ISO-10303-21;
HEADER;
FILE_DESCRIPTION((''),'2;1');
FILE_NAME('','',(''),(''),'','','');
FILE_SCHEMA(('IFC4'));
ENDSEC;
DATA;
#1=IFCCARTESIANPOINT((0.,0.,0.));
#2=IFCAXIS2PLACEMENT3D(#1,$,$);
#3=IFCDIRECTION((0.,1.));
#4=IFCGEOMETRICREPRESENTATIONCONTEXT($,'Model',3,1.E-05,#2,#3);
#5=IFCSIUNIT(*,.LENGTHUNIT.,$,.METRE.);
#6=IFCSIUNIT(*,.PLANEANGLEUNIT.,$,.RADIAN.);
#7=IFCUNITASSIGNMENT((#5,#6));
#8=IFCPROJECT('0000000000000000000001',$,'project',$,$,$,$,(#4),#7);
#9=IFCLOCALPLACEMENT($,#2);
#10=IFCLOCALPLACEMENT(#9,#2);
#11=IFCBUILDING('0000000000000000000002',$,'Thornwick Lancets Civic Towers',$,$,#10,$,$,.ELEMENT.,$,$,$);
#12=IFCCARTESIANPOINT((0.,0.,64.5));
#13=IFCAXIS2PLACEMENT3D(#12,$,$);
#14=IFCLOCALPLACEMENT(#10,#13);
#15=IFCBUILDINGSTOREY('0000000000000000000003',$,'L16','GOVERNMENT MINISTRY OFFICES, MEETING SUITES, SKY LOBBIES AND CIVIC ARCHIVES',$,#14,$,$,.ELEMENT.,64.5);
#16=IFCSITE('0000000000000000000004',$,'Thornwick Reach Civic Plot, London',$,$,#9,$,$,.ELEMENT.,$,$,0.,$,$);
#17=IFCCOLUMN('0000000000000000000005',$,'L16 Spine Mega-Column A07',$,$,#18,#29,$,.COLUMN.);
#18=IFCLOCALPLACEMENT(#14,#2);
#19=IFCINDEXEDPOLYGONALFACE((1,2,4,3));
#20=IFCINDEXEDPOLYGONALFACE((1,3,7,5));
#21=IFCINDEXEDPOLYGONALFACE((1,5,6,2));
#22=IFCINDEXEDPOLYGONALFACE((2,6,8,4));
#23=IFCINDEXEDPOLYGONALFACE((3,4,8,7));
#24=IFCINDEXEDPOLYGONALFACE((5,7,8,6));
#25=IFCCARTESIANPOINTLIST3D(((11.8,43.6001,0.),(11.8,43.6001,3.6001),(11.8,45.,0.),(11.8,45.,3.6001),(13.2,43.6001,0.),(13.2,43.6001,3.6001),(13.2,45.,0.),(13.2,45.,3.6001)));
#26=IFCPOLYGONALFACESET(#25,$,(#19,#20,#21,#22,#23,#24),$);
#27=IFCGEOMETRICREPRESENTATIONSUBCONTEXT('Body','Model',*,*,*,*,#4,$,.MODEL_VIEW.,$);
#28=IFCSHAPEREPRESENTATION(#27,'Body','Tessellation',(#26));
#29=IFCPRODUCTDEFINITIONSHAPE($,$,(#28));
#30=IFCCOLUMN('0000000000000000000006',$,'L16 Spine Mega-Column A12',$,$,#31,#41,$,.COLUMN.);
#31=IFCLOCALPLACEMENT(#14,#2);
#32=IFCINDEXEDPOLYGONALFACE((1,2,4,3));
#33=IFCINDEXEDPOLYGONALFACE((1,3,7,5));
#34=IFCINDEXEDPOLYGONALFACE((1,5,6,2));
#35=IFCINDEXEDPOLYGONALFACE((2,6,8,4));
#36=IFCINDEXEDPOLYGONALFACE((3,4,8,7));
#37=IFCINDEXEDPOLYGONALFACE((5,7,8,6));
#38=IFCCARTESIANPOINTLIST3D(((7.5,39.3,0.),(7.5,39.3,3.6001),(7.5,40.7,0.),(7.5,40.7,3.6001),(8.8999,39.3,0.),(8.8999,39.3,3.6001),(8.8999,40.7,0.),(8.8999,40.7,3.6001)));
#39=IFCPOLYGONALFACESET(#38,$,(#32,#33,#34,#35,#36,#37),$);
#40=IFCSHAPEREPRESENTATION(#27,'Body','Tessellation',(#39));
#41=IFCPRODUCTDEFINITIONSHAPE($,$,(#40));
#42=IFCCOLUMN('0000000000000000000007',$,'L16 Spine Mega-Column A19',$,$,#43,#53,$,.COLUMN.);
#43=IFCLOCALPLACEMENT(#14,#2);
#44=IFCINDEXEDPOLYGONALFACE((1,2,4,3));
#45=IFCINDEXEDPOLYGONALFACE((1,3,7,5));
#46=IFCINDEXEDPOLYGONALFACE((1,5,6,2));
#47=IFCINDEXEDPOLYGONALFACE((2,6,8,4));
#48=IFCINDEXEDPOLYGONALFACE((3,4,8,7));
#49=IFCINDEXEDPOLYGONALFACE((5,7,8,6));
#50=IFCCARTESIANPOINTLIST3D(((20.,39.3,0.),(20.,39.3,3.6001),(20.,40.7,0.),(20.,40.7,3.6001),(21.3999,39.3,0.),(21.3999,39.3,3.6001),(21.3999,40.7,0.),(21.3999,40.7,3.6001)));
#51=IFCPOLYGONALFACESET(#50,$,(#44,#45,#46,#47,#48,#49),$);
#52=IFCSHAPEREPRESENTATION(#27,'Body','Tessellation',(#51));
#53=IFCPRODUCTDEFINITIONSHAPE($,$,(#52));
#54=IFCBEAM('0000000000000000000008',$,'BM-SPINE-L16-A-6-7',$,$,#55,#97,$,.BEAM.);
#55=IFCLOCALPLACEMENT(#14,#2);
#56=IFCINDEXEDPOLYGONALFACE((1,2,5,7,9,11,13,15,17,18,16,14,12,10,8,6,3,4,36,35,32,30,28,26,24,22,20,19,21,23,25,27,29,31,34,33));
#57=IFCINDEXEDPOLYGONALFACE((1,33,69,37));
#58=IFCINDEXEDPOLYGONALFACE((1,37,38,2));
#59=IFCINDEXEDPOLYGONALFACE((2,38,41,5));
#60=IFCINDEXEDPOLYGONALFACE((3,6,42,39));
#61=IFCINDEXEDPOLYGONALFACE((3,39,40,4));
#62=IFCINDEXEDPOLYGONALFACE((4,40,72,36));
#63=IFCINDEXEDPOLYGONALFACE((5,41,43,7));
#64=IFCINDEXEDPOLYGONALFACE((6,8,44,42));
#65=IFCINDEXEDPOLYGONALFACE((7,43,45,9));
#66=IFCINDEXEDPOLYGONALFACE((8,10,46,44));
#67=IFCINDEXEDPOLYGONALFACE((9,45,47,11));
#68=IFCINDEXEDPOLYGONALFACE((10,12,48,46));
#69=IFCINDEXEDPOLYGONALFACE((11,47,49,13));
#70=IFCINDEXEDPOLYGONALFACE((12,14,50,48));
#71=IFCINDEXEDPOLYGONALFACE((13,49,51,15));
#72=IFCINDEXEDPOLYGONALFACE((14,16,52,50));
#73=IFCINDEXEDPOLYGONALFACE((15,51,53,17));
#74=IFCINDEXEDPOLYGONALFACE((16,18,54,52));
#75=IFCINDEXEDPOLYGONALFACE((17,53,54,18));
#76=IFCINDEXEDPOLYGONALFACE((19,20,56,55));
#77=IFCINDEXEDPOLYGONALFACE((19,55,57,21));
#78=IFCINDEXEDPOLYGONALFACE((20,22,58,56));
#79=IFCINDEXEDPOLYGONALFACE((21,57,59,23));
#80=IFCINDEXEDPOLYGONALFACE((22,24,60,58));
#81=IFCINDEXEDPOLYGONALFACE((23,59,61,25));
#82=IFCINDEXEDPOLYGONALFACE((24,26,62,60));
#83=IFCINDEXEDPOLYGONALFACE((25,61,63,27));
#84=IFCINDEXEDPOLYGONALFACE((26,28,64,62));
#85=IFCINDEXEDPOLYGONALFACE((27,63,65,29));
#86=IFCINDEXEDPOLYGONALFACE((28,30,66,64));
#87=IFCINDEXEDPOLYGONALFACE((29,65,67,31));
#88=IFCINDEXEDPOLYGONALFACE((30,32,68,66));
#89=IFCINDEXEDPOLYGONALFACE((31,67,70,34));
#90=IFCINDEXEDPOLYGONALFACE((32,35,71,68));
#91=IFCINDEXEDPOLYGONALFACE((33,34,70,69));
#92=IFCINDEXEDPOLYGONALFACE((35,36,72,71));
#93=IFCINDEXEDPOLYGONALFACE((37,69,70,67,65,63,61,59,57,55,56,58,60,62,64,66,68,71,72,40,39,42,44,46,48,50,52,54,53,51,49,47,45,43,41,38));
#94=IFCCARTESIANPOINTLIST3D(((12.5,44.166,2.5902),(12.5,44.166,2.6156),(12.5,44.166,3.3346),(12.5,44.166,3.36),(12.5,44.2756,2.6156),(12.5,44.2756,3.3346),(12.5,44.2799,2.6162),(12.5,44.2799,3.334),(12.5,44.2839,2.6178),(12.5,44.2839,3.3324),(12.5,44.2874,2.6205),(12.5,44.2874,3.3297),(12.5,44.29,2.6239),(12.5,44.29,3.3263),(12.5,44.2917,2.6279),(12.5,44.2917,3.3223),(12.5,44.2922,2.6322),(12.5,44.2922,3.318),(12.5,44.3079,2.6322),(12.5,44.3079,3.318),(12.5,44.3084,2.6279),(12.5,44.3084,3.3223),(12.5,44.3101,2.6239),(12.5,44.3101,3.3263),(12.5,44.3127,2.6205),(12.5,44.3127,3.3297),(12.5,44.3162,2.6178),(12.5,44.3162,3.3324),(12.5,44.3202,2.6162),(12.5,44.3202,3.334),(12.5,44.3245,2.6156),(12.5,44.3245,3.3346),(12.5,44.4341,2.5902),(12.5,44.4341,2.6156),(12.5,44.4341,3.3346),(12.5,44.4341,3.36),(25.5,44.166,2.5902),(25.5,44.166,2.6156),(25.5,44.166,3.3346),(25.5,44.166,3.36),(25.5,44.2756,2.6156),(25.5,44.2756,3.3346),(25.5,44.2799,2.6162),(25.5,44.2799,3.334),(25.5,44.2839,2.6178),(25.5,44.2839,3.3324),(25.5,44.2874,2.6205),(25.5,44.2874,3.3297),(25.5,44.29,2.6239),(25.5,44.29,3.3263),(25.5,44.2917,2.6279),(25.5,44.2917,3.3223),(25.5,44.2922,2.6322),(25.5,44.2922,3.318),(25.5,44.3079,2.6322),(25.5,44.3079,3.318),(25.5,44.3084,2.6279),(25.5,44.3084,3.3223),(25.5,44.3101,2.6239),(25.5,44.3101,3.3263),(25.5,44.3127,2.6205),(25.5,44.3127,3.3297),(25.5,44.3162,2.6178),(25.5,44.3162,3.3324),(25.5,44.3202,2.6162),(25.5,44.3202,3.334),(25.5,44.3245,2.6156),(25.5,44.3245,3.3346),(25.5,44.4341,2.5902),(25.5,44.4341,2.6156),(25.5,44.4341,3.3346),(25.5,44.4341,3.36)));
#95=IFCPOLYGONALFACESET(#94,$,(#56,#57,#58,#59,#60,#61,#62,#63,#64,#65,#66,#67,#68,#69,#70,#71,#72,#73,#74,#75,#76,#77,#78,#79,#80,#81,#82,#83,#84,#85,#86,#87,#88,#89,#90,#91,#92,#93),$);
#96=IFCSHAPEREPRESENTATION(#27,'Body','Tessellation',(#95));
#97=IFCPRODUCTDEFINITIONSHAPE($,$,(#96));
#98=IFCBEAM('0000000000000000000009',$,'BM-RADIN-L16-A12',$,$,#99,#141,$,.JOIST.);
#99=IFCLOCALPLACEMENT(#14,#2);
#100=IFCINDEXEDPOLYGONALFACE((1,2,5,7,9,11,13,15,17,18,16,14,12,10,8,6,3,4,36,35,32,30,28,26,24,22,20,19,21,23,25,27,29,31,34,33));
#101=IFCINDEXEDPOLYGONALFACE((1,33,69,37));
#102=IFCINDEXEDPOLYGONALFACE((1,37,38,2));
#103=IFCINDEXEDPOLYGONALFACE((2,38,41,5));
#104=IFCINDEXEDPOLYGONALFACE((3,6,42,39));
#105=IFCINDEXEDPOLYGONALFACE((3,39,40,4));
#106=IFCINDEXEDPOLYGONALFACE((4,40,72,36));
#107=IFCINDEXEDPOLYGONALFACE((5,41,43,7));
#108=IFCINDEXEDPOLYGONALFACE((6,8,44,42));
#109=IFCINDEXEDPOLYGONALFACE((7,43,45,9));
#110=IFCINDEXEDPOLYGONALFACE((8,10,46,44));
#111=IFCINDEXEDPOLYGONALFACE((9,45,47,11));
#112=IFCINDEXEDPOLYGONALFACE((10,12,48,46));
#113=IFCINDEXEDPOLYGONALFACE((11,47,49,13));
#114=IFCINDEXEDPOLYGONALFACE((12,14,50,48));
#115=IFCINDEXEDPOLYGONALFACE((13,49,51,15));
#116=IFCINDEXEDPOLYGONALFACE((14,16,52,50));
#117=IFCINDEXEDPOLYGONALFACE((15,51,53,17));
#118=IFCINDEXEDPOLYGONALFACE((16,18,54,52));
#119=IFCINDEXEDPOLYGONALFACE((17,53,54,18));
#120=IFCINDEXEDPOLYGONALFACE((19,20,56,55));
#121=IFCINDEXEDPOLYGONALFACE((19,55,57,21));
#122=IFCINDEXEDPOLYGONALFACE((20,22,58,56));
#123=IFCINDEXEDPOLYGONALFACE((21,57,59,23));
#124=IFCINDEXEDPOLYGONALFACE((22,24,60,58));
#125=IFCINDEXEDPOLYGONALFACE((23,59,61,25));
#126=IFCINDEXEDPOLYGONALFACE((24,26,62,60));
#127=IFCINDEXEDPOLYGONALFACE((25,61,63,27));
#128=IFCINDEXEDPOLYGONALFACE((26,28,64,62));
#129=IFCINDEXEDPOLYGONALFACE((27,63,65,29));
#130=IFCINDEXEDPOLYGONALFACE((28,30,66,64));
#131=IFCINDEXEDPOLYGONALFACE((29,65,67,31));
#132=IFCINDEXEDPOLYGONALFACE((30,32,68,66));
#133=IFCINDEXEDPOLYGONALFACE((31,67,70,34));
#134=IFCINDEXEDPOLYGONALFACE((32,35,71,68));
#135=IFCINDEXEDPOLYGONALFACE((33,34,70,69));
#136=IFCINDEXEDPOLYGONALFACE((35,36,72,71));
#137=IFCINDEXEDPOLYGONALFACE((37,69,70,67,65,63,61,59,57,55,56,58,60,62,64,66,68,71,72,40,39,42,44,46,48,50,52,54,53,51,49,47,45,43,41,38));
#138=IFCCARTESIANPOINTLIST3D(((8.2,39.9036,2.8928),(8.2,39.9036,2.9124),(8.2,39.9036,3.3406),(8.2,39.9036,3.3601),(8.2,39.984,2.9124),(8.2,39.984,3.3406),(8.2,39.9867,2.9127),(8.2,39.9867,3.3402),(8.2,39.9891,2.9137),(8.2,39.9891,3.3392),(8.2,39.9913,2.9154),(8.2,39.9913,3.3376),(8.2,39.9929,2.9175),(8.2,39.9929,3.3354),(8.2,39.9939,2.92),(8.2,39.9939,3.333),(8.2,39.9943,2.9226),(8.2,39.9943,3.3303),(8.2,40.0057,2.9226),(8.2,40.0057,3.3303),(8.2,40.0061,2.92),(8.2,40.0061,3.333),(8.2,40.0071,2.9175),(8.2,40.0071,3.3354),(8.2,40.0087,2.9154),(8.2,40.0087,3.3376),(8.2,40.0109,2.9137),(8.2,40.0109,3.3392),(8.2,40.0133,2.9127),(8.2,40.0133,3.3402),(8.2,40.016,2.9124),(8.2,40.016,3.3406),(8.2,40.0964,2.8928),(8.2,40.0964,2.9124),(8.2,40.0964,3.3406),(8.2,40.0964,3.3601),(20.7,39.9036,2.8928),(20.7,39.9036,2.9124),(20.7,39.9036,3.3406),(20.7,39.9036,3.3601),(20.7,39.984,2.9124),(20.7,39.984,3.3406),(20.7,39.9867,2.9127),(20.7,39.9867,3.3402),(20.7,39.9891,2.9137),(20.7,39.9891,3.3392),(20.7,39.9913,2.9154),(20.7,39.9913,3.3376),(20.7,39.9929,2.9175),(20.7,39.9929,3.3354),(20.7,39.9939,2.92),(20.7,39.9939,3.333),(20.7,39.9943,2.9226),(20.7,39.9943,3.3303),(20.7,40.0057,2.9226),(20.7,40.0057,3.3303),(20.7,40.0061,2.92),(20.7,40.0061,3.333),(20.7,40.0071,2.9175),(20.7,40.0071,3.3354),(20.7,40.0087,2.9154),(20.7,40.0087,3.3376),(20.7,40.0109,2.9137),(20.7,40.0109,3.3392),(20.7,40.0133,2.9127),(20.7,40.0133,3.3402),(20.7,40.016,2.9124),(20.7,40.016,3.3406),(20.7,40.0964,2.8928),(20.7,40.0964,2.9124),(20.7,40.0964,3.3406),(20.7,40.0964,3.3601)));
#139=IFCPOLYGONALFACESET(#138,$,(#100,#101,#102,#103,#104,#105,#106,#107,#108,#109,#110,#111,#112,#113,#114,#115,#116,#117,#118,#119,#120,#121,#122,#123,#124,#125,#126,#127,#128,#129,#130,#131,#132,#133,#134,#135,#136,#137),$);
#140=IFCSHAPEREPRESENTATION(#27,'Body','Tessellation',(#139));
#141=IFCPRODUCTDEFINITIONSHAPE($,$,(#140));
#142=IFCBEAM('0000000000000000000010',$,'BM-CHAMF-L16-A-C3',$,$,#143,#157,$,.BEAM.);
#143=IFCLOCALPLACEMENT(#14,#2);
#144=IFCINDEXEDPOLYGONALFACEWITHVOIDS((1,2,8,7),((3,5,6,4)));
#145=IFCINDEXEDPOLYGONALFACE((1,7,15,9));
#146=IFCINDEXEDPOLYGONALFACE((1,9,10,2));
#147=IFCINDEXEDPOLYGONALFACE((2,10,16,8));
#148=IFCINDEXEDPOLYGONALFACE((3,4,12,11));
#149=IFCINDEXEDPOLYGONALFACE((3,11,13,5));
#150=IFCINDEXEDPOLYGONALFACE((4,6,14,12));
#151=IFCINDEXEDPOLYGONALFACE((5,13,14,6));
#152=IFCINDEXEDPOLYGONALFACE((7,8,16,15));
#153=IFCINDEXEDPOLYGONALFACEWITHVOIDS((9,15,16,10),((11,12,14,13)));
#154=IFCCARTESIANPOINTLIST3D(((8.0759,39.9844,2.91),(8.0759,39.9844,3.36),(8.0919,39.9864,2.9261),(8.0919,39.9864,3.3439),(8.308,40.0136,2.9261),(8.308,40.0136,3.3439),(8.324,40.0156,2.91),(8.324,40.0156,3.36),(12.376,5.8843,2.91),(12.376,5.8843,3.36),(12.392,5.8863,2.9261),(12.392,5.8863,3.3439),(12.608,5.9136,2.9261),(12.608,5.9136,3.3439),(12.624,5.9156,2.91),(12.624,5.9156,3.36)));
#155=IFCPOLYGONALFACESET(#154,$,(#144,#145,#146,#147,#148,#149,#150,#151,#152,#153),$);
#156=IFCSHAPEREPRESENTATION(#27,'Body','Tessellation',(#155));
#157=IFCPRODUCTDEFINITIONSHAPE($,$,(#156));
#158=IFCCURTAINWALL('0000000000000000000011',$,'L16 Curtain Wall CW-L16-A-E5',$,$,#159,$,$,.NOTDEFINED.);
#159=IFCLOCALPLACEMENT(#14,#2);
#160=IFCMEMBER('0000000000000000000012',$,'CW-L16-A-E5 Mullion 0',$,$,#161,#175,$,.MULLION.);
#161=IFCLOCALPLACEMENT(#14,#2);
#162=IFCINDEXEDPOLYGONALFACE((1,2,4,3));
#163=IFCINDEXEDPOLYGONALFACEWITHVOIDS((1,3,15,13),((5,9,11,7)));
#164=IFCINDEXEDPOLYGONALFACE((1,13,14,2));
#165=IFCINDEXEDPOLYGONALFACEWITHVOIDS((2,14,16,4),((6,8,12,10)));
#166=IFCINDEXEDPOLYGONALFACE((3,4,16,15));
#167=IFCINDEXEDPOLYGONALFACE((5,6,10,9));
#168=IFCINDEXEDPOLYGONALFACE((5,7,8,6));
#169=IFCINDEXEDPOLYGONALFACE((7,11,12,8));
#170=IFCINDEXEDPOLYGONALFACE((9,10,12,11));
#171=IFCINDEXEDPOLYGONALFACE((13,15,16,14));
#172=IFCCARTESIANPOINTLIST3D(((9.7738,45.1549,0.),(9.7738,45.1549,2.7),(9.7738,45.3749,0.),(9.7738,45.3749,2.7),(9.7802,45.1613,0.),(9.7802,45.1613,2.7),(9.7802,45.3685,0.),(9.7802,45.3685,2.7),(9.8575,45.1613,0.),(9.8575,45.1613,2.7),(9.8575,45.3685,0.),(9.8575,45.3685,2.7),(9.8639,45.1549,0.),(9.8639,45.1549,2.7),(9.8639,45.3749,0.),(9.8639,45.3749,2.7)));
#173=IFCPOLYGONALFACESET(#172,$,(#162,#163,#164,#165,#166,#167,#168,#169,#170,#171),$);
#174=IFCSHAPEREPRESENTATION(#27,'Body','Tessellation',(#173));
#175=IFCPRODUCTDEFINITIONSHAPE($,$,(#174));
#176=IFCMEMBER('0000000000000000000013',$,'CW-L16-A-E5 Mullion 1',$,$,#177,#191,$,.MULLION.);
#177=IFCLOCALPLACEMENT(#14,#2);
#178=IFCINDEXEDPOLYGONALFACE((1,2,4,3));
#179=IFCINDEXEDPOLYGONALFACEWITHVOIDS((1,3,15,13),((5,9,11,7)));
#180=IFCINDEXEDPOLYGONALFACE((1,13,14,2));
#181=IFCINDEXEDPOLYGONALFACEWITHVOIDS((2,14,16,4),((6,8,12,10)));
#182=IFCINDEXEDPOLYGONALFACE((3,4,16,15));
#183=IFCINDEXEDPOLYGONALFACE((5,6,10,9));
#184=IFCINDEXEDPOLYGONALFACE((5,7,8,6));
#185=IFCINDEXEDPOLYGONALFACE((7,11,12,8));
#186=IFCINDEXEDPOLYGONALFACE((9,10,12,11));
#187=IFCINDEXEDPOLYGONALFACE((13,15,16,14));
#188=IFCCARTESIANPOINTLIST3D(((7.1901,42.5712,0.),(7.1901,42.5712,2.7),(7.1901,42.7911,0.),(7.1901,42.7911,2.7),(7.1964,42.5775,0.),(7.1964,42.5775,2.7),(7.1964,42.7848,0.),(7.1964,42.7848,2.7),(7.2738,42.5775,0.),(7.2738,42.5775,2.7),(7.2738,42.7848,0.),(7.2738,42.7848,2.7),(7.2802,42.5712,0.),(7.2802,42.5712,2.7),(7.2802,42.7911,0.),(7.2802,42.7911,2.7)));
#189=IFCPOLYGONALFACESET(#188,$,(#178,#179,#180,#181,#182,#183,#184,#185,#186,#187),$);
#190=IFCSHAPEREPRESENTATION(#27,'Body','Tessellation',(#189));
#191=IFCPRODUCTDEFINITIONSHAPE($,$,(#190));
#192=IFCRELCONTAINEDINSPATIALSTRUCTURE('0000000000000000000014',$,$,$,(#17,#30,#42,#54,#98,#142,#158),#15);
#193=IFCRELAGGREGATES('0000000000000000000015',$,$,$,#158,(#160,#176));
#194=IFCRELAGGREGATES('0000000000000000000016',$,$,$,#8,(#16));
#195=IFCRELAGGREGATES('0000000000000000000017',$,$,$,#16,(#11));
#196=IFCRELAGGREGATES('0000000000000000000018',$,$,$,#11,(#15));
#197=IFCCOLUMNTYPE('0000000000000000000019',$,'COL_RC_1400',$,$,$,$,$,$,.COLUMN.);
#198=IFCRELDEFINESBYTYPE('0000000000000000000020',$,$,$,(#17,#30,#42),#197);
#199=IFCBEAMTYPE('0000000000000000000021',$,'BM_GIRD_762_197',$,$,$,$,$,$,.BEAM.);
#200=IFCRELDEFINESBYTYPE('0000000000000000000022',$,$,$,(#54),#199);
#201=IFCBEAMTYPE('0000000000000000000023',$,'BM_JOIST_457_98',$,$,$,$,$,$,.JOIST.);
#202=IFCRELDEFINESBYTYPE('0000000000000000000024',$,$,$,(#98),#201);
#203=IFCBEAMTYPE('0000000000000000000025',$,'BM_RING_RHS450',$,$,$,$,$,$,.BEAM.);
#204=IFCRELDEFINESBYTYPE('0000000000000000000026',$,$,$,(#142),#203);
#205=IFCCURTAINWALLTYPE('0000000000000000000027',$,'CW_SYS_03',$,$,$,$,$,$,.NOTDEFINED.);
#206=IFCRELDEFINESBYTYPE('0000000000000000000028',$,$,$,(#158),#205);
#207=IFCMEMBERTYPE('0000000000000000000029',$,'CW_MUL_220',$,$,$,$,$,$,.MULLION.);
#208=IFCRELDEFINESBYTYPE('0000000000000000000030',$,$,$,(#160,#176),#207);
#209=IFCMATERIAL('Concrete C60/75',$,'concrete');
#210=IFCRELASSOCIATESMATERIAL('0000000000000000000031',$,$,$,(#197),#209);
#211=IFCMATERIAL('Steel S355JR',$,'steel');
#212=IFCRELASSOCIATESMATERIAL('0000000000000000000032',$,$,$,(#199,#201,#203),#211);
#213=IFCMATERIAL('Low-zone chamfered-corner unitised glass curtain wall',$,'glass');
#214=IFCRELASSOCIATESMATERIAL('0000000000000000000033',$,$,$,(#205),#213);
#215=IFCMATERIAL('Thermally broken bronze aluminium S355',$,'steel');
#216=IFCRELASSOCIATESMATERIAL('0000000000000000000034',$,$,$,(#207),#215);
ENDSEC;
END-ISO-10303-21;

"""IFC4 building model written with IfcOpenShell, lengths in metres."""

from ifc_helpers import new_model, si_unit, direction, frame, origin, origin_2d, place, context, subcontext, project, spatial, rectangle, hollow_rectangle, i_section, extrude, material, material_profile, profile_set, type_object, element, aggregate, save


model = new_model("IFC4")

# Units and contexts
model_context = context("Model", 3, precision=1e-05, world=origin(), true_north=direction((0.0, 1.0)))
body_context = subcontext(model_context, "Body", "Model", "MODEL_VIEW")
ifc_project = project(units=[si_unit("LENGTHUNIT", "METRE"), si_unit("PLANEANGLEUNIT", "RADIAN")], contexts=[model_context])

# Site, building, storey
site_placement = place(None, origin())
site = spatial("IfcSite", under=ifc_project, at=site_placement, Name="Thornwick Reach Civic Plot, London", CompositionType="ELEMENT", RefElevation=0.0)
building_placement = place(site_placement, origin())
building = spatial("IfcBuilding", under=site, at=building_placement, Name="Thornwick Lancets Civic Towers", CompositionType="ELEMENT")
storey_placement = place(building_placement, frame((0.0, 0.0, 64.5)))
storey = spatial("IfcBuildingStorey", under=building, at=storey_placement, Name="L16", Description="GOVERNMENT MINISTRY OFFICES, MEETING SUITES, SKY LOBBIES AND CIVIC ARCHIVES", CompositionType="ELEMENT", Elevation=64.5)

# Columns
ifc_material_1 = material(Name="Concrete C60/75", Category="concrete")
ifc_material_profile_1 = material_profile(ifc_material_1, rectangle(XDim=1.3999, YDim=1.3999, at=origin_2d()), Name="RC 1400x1400")
ifc_profile_set_1 = profile_set([ifc_material_profile_1], Name="Concrete C60/75")
column_type = type_object("IfcColumnType", Name="COL_RC_1400", PredefinedType="COLUMN", material=ifc_profile_set_1)
for number, where, z_axis, x_axis, name in (
    (1, (12.5, 44.3, 0.0), (0.0, 0.0, 1.0), (1.0, 0.0, 0.0), "L16 Spine Mega-Column A07"),
    (2, (8.2, 40.0, 0.0), (0.0, 0.0, 1.0), (1.0, 0.0, 0.0), "L16 Spine Mega-Column A12"),
    (3, (20.7, 40.0, 0.0), (0.0, 0.0, 1.0), (1.0, 0.0, 0.0), "L16 Spine Mega-Column A19"),
):
    element("IfcColumn", number, at=place(storey_placement, frame(where, z_axis=z_axis, x_axis=x_axis)), inside=storey, type_object=column_type, Name=name, PredefinedType="COLUMN", context=body_context, shape_type="SweptSolid", body=[
        extrude(rectangle(XDim=1.3999, YDim=1.3999, at=origin_2d()), origin(), (0.0, 0.0, 1.0), 3.6001),
    ])

# Beams
ifc_material_2 = material(Name="Steel S355JR", Category="steel")
ifc_material_profile_2 = material_profile(ifc_material_2, i_section(OverallWidth=0.2681, OverallDepth=0.7698, WebThickness=0.0156, FlangeThickness=0.0254, FilletRadius=0.0166, at=origin_2d()), Name="UKB 762x267x197")
ifc_profile_set_2 = profile_set([ifc_material_profile_2], Name="Steel S355JR")
beam_type_1 = type_object("IfcBeamType", Name="BM_GIRD_762_197", PredefinedType="BEAM", material=ifc_profile_set_2)
beam_1_placement = place(storey_placement, frame((12.5, 44.3, 2.9751), z_axis=(1.0, 0.0, 0.0), x_axis=(0.0, 1.0, 0.0)))
element("IfcBeam", 4, at=beam_1_placement, inside=storey, type_object=beam_type_1, Name="BM-SPINE-L16-A-6-7", PredefinedType="BEAM", context=body_context, shape_type="SweptSolid", body=[
    extrude(i_section(OverallWidth=0.2681, OverallDepth=0.7698, WebThickness=0.0156, FlangeThickness=0.0254, FilletRadius=0.0166, at=origin_2d()), origin(), (0.0, 0.0, 1.0), 13.0),
])
ifc_material_profile_3 = material_profile(ifc_material_2, i_section(OverallWidth=0.1929, OverallDepth=0.4673, WebThickness=0.0115, FlangeThickness=0.0195, FilletRadius=0.0103, at=origin_2d()), Name="UKB 457x191x98")
ifc_profile_set_3 = profile_set([ifc_material_profile_3], Name="Steel S355JR")
beam_type_2 = type_object("IfcBeamType", Name="BM_JOIST_457_98", PredefinedType="JOIST", material=ifc_profile_set_3)
beam_2_placement = place(storey_placement, frame((20.7, 40.0, 3.1265), z_axis=(-1.0, 0.0, 0.0), x_axis=(0.0, -1.0, 0.0)))
element("IfcBeam", 5, at=beam_2_placement, inside=storey, type_object=beam_type_2, Name="BM-RADIN-L16-A12", PredefinedType="JOIST", context=body_context, shape_type="SweptSolid", body=[
    extrude(i_section(OverallWidth=0.1929, OverallDepth=0.4673, WebThickness=0.0115, FlangeThickness=0.0195, FilletRadius=0.0103, at=origin_2d()), origin(), (0.0, 0.0, 1.0), 12.5),
])
ifc_material_profile_4 = material_profile(ifc_material_2, hollow_rectangle(XDim=0.25, YDim=0.45, WallThickness=0.0161, at=origin_2d()), Name="RHS 450x250x16")
ifc_profile_set_4 = profile_set([ifc_material_profile_4], Name="Steel S355JR")
beam_type_3 = type_object("IfcBeamType", Name="BM_RING_RHS450", PredefinedType="BEAM", material=ifc_profile_set_4)
beam_3_placement = place(storey_placement, frame((8.2, 40.0, 3.135), z_axis=(0.12511, -0.992143, 0.0), x_axis=(0.992143, 0.12511, 0.0)))
element("IfcBeam", 6, at=beam_3_placement, inside=storey, type_object=beam_type_3, Name="BM-CHAMF-L16-A-C3", PredefinedType="BEAM", context=body_context, shape_type="SweptSolid", body=[
    extrude(hollow_rectangle(XDim=0.25, YDim=0.45, WallThickness=0.0161, at=origin_2d()), origin(), (0.0, 0.0, 1.0), 34.3701),
])

# Curtain wall, members
ifc_material_3 = material(Name="Low-zone chamfered-corner unitised glass curtain wall", Category="glass")
curtain_wall_type = type_object("IfcCurtainWallType", Name="CW_SYS_03", PredefinedType="NOTDEFINED", material=ifc_material_3)
curtain_wall_placement = place(storey_placement, origin())
curtain_wall = element("IfcCurtainWall", 7, at=curtain_wall_placement, inside=storey, type_object=curtain_wall_type, Name="L16 Curtain Wall CW-L16-A-E5", PredefinedType="NOTDEFINED")
ifc_material_4 = material(Name="Thermally broken bronze aluminium S355", Category="steel")
ifc_material_profile_5 = material_profile(ifc_material_4, hollow_rectangle(XDim=0.0901, YDim=0.22, WallThickness=0.0063, at=origin_2d()), Name="RHS 220x90x6.3")
ifc_profile_set_5 = profile_set([ifc_material_profile_5], Name="Thermally broken bronze aluminium S355")
member_type_1 = type_object("IfcMemberType", Name="CW_MUL_220", PredefinedType="MULLION", material=ifc_profile_set_5)
member_1_placement = place(storey_placement, frame((9.8188, 45.2649, 0.0), z_axis=(0.0, 0.0, 1.0), x_axis=(1.0, 0.0, 0.0)))
member_1 = element("IfcMember", 8, at=member_1_placement, type_object=member_type_1, Name="CW-L16-A-E5 Mullion 0", PredefinedType="MULLION", context=body_context, shape_type="SweptSolid", body=[
    extrude(hollow_rectangle(XDim=0.0901, YDim=0.22, WallThickness=0.0063, at=origin_2d()), origin(), (0.0, 0.0, 1.0), 2.7),
])
member_2_placement = place(storey_placement, frame((7.2351, 42.6812, 0.0), z_axis=(0.0, 0.0, 1.0), x_axis=(1.0, 0.0, 0.0)))
member_2 = element("IfcMember", 9, at=member_2_placement, type_object=member_type_1, Name="CW-L16-A-E5 Mullion 1", PredefinedType="MULLION", context=body_context, shape_type="SweptSolid", body=[
    extrude(hollow_rectangle(XDim=0.0901, YDim=0.22, WallThickness=0.0063, at=origin_2d()), origin(), (0.0, 0.0, 1.0), 2.7),
])
aggregate(curtain_wall, [member_1, member_2])

save(model, "model.ifc")
